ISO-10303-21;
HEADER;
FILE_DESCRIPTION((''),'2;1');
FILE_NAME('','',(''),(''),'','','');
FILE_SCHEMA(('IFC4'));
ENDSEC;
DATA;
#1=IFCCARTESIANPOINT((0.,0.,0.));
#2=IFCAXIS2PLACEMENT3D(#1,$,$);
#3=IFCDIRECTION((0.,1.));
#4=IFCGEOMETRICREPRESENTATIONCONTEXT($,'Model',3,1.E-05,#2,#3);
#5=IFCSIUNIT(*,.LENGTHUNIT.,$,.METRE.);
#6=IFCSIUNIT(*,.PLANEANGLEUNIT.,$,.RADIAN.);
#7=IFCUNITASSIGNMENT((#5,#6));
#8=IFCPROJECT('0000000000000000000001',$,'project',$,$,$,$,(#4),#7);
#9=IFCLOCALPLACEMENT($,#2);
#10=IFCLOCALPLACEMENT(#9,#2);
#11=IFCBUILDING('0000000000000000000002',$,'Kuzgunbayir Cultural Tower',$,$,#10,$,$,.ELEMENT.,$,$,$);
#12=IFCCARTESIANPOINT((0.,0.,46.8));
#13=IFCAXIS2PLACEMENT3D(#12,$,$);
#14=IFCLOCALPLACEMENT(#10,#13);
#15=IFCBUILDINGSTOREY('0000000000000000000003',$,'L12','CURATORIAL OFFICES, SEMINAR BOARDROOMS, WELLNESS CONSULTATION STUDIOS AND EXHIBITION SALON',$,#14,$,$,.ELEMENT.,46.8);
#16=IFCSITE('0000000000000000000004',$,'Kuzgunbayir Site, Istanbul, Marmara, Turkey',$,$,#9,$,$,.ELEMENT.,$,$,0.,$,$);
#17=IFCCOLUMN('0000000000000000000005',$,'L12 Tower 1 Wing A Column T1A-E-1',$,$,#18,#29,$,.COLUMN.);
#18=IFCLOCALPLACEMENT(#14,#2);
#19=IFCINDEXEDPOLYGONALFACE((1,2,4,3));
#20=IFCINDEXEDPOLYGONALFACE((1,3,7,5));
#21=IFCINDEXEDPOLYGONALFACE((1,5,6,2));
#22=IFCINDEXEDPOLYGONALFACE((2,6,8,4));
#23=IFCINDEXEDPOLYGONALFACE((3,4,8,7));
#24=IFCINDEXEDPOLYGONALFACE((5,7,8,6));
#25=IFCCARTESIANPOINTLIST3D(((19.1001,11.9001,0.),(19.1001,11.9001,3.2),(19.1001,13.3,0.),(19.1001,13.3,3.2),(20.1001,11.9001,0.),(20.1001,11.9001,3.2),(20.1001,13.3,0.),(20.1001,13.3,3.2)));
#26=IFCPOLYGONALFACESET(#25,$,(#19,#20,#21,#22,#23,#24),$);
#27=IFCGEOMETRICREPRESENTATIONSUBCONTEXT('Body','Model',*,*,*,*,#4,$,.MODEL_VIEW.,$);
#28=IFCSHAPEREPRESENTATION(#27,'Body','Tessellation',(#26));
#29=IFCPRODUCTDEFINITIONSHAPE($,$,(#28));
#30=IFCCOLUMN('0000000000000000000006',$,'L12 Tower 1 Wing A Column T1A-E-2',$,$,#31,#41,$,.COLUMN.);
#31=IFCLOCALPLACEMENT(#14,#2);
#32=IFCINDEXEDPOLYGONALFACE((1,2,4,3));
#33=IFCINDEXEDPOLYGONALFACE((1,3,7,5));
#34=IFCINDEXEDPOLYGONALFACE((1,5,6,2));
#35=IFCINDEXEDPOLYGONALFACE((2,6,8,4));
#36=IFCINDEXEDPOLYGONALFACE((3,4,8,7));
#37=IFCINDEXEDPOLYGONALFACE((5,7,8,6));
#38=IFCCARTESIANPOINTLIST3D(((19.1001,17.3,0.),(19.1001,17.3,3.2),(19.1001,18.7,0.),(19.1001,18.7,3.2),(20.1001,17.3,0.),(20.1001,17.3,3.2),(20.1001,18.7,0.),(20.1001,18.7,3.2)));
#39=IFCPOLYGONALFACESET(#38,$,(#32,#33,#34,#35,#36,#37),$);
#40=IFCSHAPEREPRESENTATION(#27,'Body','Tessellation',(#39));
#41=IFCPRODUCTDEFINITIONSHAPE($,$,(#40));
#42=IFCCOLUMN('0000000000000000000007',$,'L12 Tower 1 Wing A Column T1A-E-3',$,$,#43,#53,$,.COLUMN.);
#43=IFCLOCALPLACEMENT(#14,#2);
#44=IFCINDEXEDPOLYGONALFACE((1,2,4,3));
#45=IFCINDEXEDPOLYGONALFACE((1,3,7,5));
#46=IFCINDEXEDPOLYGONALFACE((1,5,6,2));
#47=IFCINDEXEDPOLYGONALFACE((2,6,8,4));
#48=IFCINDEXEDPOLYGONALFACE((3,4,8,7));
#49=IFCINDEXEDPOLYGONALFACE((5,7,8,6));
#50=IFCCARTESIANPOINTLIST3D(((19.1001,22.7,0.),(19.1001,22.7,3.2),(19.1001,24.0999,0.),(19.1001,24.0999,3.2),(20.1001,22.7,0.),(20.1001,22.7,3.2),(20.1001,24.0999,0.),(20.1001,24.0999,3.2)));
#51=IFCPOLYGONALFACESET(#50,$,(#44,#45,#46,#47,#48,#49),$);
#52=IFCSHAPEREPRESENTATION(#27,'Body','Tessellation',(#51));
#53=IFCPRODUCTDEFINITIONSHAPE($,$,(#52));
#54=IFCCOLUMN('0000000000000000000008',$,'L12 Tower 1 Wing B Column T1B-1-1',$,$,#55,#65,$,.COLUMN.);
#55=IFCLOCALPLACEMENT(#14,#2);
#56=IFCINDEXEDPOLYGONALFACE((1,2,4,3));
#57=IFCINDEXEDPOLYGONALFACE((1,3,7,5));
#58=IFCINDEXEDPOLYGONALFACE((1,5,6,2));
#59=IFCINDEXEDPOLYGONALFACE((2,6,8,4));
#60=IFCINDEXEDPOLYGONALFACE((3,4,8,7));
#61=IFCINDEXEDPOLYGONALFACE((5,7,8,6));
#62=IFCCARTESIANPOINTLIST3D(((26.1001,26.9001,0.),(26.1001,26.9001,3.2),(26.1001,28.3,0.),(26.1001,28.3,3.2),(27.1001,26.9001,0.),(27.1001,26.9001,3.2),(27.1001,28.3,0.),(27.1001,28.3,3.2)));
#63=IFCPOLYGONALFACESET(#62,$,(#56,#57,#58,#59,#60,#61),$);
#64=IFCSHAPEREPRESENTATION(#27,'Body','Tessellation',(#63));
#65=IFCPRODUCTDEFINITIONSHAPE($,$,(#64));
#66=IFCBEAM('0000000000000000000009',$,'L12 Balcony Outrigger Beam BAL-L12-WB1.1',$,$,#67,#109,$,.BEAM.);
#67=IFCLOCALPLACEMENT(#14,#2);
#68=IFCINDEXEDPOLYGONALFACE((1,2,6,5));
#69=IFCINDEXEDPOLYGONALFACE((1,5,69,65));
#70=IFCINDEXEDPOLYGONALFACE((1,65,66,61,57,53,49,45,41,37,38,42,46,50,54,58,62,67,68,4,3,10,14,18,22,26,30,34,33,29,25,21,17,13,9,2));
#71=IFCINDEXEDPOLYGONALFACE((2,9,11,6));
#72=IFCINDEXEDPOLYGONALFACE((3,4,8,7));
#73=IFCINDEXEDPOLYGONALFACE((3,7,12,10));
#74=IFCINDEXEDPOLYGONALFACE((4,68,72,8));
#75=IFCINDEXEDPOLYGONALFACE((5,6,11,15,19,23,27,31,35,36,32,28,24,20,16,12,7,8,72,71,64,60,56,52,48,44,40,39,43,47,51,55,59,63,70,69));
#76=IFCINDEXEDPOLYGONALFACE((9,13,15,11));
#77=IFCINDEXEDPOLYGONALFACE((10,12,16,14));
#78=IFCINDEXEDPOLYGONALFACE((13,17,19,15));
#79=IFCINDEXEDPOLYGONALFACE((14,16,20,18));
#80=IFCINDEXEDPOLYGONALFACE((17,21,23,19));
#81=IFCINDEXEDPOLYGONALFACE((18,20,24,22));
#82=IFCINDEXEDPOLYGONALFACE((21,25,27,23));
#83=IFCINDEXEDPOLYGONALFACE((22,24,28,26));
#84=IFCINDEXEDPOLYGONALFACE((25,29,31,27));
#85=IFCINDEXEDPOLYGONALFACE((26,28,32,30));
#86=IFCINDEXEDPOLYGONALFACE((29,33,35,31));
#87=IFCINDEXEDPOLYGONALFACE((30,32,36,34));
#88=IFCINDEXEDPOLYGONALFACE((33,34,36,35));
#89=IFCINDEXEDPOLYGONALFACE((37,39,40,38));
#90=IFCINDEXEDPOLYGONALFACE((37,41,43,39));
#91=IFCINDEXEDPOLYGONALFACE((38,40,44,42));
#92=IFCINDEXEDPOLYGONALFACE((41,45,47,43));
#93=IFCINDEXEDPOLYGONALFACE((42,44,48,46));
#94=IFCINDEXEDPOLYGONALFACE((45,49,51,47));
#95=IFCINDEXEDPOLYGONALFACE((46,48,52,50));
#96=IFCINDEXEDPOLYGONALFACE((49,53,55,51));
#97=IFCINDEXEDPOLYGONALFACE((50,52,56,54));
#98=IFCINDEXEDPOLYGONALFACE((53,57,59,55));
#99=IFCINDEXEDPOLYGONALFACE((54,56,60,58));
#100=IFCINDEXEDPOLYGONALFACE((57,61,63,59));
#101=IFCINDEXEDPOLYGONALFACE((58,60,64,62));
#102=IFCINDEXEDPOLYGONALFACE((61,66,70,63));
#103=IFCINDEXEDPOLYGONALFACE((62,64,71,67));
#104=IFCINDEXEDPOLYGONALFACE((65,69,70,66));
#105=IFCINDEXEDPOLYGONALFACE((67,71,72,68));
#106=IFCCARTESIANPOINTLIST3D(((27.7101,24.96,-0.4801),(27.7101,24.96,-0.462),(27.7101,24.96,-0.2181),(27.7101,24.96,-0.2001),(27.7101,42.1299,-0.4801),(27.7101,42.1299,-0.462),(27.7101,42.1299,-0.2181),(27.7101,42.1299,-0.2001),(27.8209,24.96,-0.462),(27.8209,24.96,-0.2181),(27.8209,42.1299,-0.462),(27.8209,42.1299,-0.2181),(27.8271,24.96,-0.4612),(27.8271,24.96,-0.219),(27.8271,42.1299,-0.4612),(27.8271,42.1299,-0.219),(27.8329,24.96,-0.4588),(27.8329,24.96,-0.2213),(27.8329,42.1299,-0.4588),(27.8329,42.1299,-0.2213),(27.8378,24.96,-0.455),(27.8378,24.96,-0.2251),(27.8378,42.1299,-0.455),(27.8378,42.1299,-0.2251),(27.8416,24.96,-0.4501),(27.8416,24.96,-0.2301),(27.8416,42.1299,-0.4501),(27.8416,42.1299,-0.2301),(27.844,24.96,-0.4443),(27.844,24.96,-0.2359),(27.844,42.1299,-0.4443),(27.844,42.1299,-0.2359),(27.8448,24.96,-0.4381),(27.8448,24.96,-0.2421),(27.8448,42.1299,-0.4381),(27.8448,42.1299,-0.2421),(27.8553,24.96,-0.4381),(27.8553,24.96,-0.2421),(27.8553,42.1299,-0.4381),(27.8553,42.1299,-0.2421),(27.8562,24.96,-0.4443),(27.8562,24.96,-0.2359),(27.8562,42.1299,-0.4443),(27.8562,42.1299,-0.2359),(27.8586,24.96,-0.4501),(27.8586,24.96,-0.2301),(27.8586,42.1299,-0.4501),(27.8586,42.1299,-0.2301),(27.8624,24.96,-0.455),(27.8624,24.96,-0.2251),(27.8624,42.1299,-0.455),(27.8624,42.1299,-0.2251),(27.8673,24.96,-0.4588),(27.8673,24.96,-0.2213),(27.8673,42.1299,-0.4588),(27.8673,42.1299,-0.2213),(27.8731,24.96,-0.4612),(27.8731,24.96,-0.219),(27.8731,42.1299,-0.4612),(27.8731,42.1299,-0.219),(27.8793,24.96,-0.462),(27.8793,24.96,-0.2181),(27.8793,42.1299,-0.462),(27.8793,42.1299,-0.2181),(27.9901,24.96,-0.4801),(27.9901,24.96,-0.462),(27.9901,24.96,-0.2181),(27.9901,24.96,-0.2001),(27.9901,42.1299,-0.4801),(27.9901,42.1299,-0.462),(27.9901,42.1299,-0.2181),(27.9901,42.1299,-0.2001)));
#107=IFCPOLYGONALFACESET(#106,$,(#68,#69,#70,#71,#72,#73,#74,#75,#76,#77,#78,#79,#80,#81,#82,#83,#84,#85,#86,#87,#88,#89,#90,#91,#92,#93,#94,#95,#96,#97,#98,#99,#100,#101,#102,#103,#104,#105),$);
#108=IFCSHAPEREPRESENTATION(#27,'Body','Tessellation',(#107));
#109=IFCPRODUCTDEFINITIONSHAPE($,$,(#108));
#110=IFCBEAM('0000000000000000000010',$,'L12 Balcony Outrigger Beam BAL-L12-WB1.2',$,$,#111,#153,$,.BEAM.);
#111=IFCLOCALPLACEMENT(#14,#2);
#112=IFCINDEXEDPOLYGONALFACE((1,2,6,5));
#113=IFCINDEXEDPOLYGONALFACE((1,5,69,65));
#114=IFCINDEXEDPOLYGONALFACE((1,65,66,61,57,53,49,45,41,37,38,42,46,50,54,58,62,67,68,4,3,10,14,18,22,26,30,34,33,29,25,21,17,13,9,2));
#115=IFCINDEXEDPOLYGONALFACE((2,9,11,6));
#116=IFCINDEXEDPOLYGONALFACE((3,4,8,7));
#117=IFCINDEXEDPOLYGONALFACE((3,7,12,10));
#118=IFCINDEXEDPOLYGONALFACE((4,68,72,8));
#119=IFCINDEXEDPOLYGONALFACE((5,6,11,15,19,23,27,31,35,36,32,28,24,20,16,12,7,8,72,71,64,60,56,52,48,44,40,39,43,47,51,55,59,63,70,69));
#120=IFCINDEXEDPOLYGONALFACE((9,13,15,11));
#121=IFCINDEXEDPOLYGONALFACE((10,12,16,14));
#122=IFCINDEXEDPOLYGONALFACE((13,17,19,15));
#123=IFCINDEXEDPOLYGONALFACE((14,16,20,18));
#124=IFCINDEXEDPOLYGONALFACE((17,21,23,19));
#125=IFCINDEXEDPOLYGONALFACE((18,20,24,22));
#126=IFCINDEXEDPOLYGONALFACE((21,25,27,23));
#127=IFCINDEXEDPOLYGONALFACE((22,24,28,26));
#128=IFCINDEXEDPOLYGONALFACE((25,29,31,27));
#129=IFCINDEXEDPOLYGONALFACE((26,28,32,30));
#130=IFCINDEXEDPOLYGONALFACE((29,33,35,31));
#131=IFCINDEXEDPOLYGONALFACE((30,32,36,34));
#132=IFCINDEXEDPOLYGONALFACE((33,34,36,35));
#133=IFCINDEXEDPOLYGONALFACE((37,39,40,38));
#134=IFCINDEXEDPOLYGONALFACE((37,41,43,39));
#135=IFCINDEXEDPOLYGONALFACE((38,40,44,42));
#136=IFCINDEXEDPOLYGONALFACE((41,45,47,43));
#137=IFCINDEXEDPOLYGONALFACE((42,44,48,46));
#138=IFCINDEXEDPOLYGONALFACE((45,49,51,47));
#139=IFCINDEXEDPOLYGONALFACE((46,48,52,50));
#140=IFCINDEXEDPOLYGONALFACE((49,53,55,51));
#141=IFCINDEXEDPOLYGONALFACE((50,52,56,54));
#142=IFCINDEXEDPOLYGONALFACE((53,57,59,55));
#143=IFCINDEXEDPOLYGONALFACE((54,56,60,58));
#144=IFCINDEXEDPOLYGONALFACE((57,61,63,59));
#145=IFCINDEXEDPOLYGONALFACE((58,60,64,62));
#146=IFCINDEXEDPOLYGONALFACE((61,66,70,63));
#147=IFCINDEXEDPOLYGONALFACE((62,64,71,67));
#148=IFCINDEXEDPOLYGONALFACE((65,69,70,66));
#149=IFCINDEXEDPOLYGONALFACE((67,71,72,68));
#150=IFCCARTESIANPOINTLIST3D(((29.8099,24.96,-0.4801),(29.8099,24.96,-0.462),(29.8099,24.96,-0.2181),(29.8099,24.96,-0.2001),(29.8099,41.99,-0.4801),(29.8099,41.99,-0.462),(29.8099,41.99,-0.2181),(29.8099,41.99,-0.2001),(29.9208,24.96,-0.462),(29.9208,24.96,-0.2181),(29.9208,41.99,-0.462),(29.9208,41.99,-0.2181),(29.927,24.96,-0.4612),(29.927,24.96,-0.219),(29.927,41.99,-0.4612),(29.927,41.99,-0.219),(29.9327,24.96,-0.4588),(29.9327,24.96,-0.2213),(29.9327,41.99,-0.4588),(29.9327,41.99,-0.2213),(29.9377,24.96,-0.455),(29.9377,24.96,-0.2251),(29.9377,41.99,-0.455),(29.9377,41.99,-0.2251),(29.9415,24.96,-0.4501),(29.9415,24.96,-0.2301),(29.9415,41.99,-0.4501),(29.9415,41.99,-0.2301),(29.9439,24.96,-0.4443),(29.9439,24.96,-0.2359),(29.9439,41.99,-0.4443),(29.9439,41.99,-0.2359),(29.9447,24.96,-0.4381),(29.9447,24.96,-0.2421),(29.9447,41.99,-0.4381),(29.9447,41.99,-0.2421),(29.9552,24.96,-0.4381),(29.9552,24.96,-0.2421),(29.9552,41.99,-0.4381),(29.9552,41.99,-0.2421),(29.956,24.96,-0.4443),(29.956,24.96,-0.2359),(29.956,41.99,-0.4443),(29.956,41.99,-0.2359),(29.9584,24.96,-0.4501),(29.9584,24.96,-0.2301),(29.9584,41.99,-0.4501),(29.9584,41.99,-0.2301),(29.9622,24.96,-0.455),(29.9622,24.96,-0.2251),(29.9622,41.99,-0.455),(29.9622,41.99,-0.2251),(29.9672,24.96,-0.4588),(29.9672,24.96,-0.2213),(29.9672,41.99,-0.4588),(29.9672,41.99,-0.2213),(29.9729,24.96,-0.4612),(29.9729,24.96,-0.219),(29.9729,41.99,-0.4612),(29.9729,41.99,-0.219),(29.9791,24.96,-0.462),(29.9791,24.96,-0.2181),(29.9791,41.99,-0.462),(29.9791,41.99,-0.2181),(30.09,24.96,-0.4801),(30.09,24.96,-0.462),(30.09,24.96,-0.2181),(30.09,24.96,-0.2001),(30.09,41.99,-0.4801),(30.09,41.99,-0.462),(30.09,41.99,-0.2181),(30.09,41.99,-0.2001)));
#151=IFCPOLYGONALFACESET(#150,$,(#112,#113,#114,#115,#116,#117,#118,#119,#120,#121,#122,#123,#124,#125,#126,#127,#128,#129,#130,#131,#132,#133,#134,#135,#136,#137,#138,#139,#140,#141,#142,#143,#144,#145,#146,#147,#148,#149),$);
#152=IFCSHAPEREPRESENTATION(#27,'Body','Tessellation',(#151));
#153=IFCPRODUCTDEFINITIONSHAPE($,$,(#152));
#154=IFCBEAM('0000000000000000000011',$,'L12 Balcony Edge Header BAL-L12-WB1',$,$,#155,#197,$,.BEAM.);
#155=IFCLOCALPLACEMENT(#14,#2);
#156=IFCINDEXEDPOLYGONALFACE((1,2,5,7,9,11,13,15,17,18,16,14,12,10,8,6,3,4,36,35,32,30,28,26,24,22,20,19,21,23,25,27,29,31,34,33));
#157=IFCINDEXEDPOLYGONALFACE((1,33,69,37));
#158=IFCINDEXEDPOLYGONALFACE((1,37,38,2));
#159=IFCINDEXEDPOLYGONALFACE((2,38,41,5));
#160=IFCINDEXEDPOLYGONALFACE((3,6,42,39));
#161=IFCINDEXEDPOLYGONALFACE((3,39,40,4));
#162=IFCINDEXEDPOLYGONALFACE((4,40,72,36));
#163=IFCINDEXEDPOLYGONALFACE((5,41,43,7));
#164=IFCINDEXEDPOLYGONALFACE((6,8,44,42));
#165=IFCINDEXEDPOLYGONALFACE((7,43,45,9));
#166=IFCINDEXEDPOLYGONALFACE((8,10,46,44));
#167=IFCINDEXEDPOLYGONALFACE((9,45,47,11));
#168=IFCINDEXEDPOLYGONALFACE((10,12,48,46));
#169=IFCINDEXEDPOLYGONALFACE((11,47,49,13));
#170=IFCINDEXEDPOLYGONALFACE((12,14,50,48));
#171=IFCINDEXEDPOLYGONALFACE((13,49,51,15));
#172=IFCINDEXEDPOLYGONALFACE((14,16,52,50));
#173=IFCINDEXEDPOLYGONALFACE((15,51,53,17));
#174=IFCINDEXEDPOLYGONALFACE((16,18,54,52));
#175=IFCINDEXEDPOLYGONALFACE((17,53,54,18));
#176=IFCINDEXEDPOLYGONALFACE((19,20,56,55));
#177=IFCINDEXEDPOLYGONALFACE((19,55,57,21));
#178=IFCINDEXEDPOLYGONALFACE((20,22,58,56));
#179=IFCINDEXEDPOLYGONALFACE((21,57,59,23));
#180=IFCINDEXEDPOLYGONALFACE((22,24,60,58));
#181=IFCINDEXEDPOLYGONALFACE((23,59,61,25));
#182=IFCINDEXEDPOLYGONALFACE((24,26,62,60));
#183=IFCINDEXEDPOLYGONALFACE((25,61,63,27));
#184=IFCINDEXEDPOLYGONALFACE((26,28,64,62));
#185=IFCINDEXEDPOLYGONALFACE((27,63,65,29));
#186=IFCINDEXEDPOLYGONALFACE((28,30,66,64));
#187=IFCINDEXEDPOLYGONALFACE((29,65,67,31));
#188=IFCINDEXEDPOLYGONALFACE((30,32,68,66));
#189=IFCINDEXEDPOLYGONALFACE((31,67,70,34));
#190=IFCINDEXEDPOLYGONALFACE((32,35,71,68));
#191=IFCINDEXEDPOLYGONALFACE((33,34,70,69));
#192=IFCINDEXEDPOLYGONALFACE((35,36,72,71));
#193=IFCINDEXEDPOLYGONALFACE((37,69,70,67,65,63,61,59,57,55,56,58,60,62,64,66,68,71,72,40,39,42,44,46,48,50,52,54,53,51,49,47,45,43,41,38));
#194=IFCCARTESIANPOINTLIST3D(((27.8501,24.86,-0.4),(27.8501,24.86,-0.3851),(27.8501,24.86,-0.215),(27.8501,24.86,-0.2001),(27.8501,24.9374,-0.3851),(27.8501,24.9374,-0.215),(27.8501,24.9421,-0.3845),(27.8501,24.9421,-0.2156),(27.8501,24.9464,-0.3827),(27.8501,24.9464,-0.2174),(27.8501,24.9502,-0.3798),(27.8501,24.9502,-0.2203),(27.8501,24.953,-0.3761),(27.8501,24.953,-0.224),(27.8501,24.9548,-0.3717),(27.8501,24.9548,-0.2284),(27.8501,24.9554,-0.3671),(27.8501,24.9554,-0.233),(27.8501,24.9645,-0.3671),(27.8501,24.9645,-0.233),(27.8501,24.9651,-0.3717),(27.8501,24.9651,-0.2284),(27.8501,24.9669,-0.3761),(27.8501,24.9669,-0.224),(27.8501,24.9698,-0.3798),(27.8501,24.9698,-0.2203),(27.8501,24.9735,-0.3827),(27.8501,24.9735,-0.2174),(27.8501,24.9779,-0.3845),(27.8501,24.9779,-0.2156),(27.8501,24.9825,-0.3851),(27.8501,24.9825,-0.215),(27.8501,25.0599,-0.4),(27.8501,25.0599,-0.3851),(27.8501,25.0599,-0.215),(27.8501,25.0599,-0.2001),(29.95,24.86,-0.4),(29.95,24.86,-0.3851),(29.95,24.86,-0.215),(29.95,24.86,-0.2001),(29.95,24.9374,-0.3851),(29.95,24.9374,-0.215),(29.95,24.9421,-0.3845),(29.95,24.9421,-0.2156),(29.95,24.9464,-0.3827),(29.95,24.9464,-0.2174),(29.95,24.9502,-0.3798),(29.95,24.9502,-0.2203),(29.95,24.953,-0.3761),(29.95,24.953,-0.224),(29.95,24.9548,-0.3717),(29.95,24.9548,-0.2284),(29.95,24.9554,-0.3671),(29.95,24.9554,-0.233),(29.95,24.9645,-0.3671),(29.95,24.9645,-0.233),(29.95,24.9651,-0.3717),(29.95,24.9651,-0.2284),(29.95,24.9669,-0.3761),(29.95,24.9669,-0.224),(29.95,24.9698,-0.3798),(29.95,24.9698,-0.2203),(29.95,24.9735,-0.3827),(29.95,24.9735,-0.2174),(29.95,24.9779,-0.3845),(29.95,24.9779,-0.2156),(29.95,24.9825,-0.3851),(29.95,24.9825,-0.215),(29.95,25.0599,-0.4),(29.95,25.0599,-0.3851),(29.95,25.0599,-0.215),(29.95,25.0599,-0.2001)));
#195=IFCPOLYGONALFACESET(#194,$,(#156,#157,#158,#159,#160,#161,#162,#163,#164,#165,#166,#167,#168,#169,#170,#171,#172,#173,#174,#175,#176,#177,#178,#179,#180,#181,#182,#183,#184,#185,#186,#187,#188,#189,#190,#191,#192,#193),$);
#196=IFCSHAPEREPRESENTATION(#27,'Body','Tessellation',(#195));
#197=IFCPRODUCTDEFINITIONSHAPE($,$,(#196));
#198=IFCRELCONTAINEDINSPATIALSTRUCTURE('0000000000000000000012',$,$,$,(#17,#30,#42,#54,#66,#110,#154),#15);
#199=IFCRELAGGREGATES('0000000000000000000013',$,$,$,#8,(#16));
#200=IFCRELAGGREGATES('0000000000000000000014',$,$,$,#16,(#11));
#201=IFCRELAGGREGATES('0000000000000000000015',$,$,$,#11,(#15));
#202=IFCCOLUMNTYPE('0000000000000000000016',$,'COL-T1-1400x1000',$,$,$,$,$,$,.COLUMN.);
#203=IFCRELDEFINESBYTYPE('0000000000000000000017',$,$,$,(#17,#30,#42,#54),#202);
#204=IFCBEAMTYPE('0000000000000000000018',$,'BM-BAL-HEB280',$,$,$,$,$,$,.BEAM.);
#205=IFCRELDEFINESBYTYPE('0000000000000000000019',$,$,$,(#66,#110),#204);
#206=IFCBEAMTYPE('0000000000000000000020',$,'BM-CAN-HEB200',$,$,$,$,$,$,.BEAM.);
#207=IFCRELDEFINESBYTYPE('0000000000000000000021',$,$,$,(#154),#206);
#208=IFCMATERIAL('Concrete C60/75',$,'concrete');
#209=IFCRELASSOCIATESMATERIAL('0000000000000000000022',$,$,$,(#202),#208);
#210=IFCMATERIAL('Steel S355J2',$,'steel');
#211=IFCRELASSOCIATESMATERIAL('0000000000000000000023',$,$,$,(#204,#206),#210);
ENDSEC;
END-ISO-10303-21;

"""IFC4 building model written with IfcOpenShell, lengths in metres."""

from ifc_helpers import new_model, si_unit, direction, frame, origin, origin_2d, place, context, subcontext, project, spatial, rectangle, i_section, extrude, material, material_profile, profile_set, type_object, element, save


model = new_model("IFC4")

# Units and contexts
model_context = context("Model", 3, precision=1e-05, world=origin(), true_north=direction((0.0, 1.0)))
body_context = subcontext(model_context, "Body", "Model", "MODEL_VIEW")
ifc_project = project(units=[si_unit("LENGTHUNIT", "METRE"), si_unit("PLANEANGLEUNIT", "RADIAN")], contexts=[model_context])

# Site, building, storey
site_placement = place(None, origin())
site = spatial("IfcSite", under=ifc_project, at=site_placement, Name="Kuzgunbayir Site, Istanbul, Marmara, Turkey", CompositionType="ELEMENT", RefElevation=0.0)
building_placement = place(site_placement, origin())
building = spatial("IfcBuilding", under=site, at=building_placement, Name="Kuzgunbayir Cultural Tower", CompositionType="ELEMENT")
storey_placement = place(building_placement, frame((0.0, 0.0, 46.8)))
storey = spatial("IfcBuildingStorey", under=building, at=storey_placement, Name="L12", Description="CURATORIAL OFFICES, SEMINAR BOARDROOMS, WELLNESS CONSULTATION STUDIOS AND EXHIBITION SALON", CompositionType="ELEMENT", Elevation=46.8)

# Columns
ifc_material_1 = material(Name="Concrete C60/75", Category="concrete")
ifc_material_profile_1 = material_profile(ifc_material_1, rectangle(XDim=1.0, YDim=1.3999, at=origin_2d()), Name="RC 1400x1000")
ifc_profile_set_1 = profile_set([ifc_material_profile_1], Name="Concrete C60/75")
column_type = type_object("IfcColumnType", Name="COL-T1-1400x1000", PredefinedType="COLUMN", material=ifc_profile_set_1)
for number, where, z_axis, x_axis, name in (
    (1, (19.6001, 12.6001, 0.0), (0.0, 0.0, 1.0), (1.0, 0.0, 0.0), "L12 Tower 1 Wing A Column T1A-E-1"),
    (2, (19.6001, 18.0, 0.0), (0.0, 0.0, 1.0), (1.0, 0.0, 0.0), "L12 Tower 1 Wing A Column T1A-E-2"),
    (3, (19.6001, 23.3999, 0.0), (0.0, 0.0, 1.0), (1.0, 0.0, 0.0), "L12 Tower 1 Wing A Column T1A-E-3"),
    (4, (26.6001, 27.6001, 0.0), (0.0, 0.0, 1.0), (1.0, 0.0, 0.0), "L12 Tower 1 Wing B Column T1B-1-1"),
):
    element("IfcColumn", number, at=place(storey_placement, frame(where, z_axis=z_axis, x_axis=x_axis)), inside=storey, type_object=column_type, Name=name, PredefinedType="COLUMN", context=body_context, shape_type="SweptSolid", body=[
        extrude(rectangle(XDim=1.0, YDim=1.3999, at=origin_2d()), origin(), (0.0, 0.0, 1.0), 3.2),
    ])

# Beams
ifc_material_2 = material(Name="Steel S355J2", Category="steel")
ifc_material_profile_2 = material_profile(ifc_material_2, i_section(OverallWidth=0.28, OverallDepth=0.28, WebThickness=0.0105, FlangeThickness=0.0181, FilletRadius=0.0239, at=origin_2d()), Name="HEB 280")
ifc_profile_set_2 = profile_set([ifc_material_profile_2], Name="Steel S355J2")
beam_type_1 = type_object("IfcBeamType", Name="BM-BAL-HEB280", PredefinedType="BEAM", material=ifc_profile_set_2)
beam_1_placement = place(storey_placement, frame((27.8501, 24.96, -0.3401), z_axis=(0.0, 1.0, 0.0), x_axis=(-1.0, 0.0, 0.0)))
element("IfcBeam", 5, at=beam_1_placement, inside=storey, type_object=beam_type_1, Name="L12 Balcony Outrigger Beam BAL-L12-WB1.1", PredefinedType="BEAM", context=body_context, shape_type="SweptSolid", body=[
    extrude(i_section(OverallWidth=0.28, OverallDepth=0.28, WebThickness=0.0105, FlangeThickness=0.0181, FilletRadius=0.0239, at=origin_2d()), origin(), (0.0, 0.0, 1.0), 17.1699),
])
beam_2_placement = place(storey_placement, frame((29.95, 24.96, -0.3401), z_axis=(0.0, 1.0, 0.0), x_axis=(-1.0, 0.0, 0.0)))
element("IfcBeam", 6, at=beam_2_placement, inside=storey, type_object=beam_type_1, Name="L12 Balcony Outrigger Beam BAL-L12-WB1.2", PredefinedType="BEAM", context=body_context, shape_type="SweptSolid", body=[
    extrude(i_section(OverallWidth=0.28, OverallDepth=0.28, WebThickness=0.0105, FlangeThickness=0.0181, FilletRadius=0.0239, at=origin_2d()), origin(), (0.0, 0.0, 1.0), 17.03),
])
ifc_material_profile_3 = material_profile(ifc_material_2, i_section(OverallWidth=0.2, OverallDepth=0.2, WebThickness=0.009, FlangeThickness=0.0149, FilletRadius=0.0181, at=origin_2d()), Name="HEB 200")
ifc_profile_set_3 = profile_set([ifc_material_profile_3], Name="Steel S355J2")
beam_type_2 = type_object("IfcBeamType", Name="BM-CAN-HEB200", PredefinedType="BEAM", material=ifc_profile_set_3)
beam_3_placement = place(storey_placement, frame((27.8501, 24.96, -0.3), z_axis=(1.0, 0.0, 0.0), x_axis=(0.0, 1.0, 0.0)))
element("IfcBeam", 7, at=beam_3_placement, inside=storey, type_object=beam_type_2, Name="L12 Balcony Edge Header BAL-L12-WB1", PredefinedType="BEAM", context=body_context, shape_type="SweptSolid", body=[
    extrude(i_section(OverallWidth=0.2, OverallDepth=0.2, WebThickness=0.009, FlangeThickness=0.0149, FilletRadius=0.0181, at=origin_2d()), origin(), (0.0, 0.0, 1.0), 2.0999),
])

save(model, "model.ifc")
